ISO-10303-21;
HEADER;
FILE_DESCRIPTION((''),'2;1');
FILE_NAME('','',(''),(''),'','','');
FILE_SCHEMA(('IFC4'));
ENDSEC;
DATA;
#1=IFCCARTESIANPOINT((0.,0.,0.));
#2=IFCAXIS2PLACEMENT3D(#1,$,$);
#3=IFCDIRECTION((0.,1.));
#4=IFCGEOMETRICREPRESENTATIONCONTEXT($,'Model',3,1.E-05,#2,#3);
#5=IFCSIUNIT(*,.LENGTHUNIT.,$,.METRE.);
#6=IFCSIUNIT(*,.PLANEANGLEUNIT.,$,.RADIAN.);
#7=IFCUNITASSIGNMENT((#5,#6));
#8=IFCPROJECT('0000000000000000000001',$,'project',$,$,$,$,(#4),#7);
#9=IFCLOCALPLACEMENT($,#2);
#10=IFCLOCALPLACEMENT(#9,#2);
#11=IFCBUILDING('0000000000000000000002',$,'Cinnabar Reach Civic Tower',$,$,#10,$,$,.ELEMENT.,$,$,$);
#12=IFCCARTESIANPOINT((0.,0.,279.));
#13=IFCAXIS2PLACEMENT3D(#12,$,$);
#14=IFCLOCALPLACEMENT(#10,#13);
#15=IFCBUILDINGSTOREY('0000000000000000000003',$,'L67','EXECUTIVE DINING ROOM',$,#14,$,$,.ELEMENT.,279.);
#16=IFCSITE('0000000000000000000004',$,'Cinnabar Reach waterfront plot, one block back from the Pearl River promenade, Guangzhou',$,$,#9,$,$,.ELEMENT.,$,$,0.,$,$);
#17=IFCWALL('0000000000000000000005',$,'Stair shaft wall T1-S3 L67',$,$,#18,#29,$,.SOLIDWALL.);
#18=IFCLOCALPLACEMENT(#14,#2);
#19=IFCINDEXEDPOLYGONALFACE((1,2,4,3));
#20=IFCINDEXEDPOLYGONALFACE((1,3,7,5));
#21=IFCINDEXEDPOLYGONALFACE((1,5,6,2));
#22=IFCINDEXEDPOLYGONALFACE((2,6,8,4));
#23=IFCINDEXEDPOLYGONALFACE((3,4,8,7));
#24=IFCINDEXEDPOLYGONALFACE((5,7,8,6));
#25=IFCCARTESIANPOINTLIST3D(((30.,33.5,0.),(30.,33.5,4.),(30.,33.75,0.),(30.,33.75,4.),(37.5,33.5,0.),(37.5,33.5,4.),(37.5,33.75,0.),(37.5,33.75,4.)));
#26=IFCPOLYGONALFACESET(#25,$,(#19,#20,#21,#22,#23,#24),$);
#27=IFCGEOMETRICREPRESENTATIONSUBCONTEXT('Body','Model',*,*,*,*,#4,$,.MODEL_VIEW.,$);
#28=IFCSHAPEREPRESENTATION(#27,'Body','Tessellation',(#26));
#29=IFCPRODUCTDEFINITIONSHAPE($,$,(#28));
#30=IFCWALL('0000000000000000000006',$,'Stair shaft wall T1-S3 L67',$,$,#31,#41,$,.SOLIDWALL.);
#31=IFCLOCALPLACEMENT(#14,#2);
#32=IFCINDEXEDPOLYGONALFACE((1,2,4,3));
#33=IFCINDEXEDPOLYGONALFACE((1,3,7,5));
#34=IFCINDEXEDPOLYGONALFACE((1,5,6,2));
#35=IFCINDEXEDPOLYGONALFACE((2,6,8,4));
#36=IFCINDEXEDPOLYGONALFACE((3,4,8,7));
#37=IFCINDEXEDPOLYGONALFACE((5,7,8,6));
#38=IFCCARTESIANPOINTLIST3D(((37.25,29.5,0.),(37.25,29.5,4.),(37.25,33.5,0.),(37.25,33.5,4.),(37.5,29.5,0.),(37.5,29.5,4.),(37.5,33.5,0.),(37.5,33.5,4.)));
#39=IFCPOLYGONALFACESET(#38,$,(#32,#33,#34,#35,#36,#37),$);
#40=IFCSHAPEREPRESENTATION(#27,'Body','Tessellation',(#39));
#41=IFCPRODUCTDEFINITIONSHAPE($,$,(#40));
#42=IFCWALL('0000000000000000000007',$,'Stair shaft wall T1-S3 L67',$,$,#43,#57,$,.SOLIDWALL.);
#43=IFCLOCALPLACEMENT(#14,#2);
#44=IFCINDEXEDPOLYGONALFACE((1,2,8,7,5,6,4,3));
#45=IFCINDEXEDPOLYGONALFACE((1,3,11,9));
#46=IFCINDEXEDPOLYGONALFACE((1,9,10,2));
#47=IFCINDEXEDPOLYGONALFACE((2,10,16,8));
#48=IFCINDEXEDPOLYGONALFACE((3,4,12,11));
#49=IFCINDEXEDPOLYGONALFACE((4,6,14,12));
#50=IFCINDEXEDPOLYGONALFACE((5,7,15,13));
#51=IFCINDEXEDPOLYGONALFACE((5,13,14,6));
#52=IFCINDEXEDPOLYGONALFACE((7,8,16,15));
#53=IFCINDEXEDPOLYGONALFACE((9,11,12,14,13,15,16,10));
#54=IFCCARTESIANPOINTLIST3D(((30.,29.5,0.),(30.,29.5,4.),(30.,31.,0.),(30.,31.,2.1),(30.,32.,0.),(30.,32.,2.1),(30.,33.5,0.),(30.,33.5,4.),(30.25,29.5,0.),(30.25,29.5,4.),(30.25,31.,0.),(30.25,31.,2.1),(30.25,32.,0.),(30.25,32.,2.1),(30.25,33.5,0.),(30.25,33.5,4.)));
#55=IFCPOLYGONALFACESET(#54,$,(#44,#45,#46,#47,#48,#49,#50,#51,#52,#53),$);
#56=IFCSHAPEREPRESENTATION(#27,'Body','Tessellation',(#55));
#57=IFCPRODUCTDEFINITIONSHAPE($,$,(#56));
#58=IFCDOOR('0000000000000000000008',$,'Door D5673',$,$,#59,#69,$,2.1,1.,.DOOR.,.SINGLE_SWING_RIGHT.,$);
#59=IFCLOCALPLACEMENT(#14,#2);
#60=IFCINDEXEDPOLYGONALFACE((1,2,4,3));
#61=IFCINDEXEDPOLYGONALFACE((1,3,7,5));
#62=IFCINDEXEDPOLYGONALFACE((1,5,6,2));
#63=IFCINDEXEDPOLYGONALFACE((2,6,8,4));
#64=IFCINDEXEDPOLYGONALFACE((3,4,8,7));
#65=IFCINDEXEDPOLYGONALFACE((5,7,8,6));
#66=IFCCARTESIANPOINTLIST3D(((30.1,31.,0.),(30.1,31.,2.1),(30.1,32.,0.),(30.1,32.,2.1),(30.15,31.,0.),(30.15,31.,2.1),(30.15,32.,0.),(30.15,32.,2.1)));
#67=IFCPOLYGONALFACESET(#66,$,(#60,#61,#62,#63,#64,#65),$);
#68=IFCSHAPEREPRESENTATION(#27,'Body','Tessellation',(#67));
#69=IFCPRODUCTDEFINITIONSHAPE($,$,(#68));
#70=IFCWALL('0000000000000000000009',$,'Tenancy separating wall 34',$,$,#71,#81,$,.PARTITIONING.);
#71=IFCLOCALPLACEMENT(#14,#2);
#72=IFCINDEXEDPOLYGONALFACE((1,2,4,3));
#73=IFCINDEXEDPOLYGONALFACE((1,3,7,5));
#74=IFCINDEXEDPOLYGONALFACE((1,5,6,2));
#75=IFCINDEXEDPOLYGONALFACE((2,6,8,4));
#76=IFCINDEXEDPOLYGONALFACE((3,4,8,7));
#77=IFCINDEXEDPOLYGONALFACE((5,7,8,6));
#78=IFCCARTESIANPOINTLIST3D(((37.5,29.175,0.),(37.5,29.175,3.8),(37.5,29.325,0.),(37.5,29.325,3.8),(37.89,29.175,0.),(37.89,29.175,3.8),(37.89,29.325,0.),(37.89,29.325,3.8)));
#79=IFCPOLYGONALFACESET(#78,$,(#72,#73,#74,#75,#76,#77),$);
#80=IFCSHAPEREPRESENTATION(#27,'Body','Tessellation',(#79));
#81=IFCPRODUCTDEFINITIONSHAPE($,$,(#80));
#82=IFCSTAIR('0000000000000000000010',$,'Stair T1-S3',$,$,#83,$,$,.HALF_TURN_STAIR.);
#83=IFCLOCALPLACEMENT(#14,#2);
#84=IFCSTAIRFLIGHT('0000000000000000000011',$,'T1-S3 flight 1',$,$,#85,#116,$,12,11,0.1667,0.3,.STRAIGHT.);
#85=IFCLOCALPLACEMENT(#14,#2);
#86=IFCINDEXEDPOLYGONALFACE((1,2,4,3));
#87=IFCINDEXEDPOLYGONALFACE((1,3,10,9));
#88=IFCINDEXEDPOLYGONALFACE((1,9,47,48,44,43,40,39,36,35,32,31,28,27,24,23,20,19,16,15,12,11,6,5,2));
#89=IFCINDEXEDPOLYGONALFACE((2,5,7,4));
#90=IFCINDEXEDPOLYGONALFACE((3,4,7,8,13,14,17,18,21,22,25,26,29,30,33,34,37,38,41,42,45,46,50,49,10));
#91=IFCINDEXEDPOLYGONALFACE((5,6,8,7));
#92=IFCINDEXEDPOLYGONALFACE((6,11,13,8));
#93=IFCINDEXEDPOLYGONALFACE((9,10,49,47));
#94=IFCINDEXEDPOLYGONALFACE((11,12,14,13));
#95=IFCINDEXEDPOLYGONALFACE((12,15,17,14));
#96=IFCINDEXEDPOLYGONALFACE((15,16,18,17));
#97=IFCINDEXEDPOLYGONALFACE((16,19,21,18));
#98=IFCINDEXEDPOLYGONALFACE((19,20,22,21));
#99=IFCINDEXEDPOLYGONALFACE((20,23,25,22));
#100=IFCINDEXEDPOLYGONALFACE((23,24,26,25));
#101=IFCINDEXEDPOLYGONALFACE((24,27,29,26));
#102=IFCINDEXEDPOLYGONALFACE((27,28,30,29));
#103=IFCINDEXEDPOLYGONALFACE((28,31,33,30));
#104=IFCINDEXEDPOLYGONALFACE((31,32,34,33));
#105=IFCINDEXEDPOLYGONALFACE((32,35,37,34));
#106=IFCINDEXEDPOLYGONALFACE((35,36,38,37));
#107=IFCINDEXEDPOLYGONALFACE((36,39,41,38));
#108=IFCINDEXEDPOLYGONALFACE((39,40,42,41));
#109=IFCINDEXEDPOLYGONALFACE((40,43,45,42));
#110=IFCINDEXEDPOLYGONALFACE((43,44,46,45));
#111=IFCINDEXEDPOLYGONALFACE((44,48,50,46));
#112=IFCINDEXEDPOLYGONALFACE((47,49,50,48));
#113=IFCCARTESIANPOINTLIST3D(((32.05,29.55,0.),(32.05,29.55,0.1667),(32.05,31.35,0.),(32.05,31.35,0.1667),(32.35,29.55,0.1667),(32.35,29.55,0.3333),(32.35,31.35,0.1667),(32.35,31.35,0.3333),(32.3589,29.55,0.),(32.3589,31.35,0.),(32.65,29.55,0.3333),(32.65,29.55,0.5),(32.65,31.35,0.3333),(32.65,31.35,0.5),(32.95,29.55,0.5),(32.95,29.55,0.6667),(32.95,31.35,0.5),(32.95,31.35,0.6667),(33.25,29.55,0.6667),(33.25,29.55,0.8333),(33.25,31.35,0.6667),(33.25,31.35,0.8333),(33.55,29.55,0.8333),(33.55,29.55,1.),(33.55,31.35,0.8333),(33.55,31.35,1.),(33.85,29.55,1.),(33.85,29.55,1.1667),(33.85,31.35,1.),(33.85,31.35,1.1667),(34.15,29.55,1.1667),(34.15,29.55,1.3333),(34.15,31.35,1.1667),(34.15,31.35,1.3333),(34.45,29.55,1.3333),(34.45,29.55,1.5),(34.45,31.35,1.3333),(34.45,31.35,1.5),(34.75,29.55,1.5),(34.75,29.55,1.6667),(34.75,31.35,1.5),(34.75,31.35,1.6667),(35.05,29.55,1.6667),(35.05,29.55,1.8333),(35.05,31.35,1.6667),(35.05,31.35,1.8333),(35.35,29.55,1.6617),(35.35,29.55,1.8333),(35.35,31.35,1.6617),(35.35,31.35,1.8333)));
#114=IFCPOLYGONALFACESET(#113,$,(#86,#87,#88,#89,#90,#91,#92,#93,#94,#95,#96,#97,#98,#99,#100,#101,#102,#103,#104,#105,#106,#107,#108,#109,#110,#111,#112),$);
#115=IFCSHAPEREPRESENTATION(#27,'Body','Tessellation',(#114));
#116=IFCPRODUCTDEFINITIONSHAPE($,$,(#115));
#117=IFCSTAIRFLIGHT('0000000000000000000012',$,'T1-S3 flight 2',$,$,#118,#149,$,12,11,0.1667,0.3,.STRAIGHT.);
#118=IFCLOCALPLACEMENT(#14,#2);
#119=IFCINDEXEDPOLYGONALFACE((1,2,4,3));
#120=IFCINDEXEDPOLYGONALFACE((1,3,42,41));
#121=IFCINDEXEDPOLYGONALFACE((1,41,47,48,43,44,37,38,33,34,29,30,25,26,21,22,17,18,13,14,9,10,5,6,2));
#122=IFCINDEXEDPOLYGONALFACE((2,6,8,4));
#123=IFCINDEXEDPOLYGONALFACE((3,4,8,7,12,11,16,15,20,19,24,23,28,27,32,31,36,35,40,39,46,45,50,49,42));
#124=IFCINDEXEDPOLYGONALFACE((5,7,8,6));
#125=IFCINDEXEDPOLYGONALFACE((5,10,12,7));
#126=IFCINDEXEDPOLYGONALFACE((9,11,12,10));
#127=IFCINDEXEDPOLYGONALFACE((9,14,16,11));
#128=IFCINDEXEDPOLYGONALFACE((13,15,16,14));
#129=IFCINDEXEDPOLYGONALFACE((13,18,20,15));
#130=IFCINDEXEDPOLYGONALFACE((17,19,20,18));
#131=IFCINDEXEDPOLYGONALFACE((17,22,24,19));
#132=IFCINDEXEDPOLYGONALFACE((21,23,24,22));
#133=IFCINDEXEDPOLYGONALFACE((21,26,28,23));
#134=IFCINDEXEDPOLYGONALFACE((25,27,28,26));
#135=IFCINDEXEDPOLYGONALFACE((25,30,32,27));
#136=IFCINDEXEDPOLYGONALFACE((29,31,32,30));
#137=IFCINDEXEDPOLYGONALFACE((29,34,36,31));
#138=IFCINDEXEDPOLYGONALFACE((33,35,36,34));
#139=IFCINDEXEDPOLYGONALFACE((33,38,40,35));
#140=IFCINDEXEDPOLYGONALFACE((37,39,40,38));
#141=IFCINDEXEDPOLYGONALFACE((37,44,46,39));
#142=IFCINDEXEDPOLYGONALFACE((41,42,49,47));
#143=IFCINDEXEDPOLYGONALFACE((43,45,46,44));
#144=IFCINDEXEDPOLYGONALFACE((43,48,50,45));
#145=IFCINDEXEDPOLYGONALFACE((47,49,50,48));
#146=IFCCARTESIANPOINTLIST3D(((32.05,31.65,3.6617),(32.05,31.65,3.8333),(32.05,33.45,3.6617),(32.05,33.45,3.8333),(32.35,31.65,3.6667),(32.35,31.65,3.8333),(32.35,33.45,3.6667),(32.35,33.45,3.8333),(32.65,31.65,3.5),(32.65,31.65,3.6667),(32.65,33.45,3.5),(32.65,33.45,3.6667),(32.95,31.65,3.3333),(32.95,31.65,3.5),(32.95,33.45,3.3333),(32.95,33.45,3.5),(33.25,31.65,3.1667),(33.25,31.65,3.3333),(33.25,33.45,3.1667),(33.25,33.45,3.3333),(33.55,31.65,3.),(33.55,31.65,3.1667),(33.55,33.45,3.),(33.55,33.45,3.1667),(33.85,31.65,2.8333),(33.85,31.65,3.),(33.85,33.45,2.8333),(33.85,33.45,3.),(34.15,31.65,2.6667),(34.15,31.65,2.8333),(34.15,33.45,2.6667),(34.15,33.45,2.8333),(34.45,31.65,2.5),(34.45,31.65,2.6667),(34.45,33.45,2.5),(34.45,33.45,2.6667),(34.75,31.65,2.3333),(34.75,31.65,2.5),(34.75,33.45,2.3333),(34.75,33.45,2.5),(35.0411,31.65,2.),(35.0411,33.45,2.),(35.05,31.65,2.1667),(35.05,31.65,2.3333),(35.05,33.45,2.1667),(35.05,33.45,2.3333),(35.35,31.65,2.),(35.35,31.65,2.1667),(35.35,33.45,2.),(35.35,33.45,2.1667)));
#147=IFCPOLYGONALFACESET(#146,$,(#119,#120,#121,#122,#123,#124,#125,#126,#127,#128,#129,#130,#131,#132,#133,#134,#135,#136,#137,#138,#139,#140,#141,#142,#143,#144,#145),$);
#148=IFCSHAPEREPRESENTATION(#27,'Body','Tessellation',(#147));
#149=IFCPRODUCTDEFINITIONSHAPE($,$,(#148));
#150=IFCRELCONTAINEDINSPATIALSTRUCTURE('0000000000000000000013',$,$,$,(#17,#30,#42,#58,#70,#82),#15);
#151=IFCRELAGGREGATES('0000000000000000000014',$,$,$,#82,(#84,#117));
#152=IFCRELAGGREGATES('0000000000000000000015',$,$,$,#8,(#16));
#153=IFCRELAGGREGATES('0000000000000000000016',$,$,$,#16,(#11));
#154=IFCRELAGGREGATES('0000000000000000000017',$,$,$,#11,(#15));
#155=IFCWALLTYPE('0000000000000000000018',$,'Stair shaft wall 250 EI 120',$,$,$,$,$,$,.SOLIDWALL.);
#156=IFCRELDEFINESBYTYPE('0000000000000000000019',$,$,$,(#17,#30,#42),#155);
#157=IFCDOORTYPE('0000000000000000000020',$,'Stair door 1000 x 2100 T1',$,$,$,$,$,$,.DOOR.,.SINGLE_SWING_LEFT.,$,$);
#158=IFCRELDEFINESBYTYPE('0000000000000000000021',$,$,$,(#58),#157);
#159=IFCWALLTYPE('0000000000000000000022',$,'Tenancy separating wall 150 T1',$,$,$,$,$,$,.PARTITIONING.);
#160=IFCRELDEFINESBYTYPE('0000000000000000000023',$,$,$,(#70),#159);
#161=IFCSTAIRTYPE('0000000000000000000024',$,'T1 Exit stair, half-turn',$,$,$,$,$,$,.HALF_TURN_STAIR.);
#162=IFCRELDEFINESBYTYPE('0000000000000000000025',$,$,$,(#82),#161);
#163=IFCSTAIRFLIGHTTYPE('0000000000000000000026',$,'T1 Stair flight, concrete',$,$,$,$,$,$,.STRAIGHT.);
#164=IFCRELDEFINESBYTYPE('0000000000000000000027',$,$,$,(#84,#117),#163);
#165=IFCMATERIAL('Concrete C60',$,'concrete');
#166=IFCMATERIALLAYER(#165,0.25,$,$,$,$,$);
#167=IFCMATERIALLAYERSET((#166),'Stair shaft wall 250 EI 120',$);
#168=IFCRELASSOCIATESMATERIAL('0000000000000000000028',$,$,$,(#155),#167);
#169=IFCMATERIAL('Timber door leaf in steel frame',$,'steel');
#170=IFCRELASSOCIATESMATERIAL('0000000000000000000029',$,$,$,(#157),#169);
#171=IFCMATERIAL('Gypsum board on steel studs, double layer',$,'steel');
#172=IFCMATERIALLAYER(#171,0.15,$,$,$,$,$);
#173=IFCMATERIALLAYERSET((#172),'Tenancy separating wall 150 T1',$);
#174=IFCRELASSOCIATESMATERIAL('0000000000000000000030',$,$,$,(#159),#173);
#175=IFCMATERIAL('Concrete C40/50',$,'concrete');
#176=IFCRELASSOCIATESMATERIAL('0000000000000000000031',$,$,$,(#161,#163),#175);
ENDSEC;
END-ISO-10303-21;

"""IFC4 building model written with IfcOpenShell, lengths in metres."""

from ifc_helpers import new_model, si_unit, direction, frame, frame_2d, origin, place, context, subcontext, project, spatial, polyline, rectangle, outline, extrude, material, layer, layer_set, type_object, element, fill, aggregate, save


model = new_model("IFC4")

# Units and contexts
model_context = context("Model", 3, precision=1e-05, world=origin(), true_north=direction((0.0, 1.0)))
body_context = subcontext(model_context, "Body", "Model", "MODEL_VIEW")
ifc_project = project(units=[si_unit("LENGTHUNIT", "METRE"), si_unit("PLANEANGLEUNIT", "RADIAN")], contexts=[model_context])

# Site, building, storey
site_placement = place(None, origin())
site = spatial("IfcSite", under=ifc_project, at=site_placement, Name="Cinnabar Reach waterfront plot, one block back from the Pearl River promenade, Guangzhou", CompositionType="ELEMENT", RefElevation=0.0)
building_placement = place(site_placement, origin())
building = spatial("IfcBuilding", under=site, at=building_placement, Name="Cinnabar Reach Civic Tower", CompositionType="ELEMENT")
storey_placement = place(building_placement, frame((0.0, 0.0, 279.0)))
storey = spatial("IfcBuildingStorey", under=building, at=storey_placement, Name="L67", Description="EXECUTIVE DINING ROOM", CompositionType="ELEMENT", Elevation=279.0)

# Shared definitions
ifc_material_1 = material(Name="Concrete C60", Category="concrete")

# Walls
ifc_layer_1 = layer(ifc_material_1, 0.25)
ifc_layer_set_1 = layer_set([ifc_layer_1], Name="Stair shaft wall 250 EI 120")
wall_type_1 = type_object("IfcWallType", Name="Stair shaft wall 250 EI 120", PredefinedType="SOLIDWALL", material=ifc_layer_set_1)
for number, where, z_axis, x_axis, name in (
    (1, (37.5, 33.625, 0.0), (0.0, 0.0, 1.0), (-1.0, 0.0, 0.0), "Stair shaft wall T1-S3 L67"),
):
    element("IfcWall", number, at=place(storey_placement, frame(where, z_axis=z_axis, x_axis=x_axis)), inside=storey, type_object=wall_type_1, Name=name, PredefinedType="SOLIDWALL", context=body_context, shape_type="SweptSolid", body=[
        extrude(rectangle(XDim=7.5, YDim=0.25, at=frame_2d((3.75, 0.0))), origin(), (0.0, 0.0, 1.0), 4.0),
    ])
wall_1_placement = place(storey_placement, frame((37.375, 29.5, 0.0), z_axis=(0.0, 0.0, 1.0), x_axis=(0.0, 1.0, 0.0)))
element("IfcWall", 2, at=wall_1_placement, inside=storey, type_object=wall_type_1, Name="Stair shaft wall T1-S3 L67", PredefinedType="SOLIDWALL", context=body_context, shape_type="SweptSolid", body=[
    extrude(rectangle(XDim=4.0, YDim=0.25, at=frame_2d((2.0, 0.0))), origin(), (0.0, 0.0, 1.0), 4.0),
])

# Wall, opening, door
wall_2_placement = place(storey_placement, frame((30.125, 33.5, 0.0), z_axis=(0.0, 0.0, 1.0), x_axis=(0.0, -1.0, 0.0)))
wall_2 = element("IfcWall", 3, at=wall_2_placement, inside=storey, type_object=wall_type_1, Name="Stair shaft wall T1-S3 L67", PredefinedType="SOLIDWALL", context=body_context, shape_type="SweptSolid", body=[
    extrude(rectangle(XDim=4.0, YDim=0.25, at=frame_2d((2.0, 0.0))), origin(), (0.0, 0.0, 1.0), 4.0),
])
opening_1_placement = place(wall_2_placement, frame((1.5, 0.0, 0.0)))
opening_1 = element("IfcOpeningElement", 4, at=opening_1_placement, cuts=wall_2, PredefinedType="OPENING", context=body_context, shape_type="SweptSolid", body=[
    extrude(rectangle(XDim=1.0, YDim=2.1, at=frame_2d((0.5, 1.05))), frame((0.0, 0.135, 0.0), z_axis=(0.0, -1.0, 0.0), x_axis=(1.0, 0.0, 0.0)), (0.0, 0.0, 1.0), 0.27),
])
ifc_material_2 = material(Name="Timber door leaf in steel frame", Category="steel")
door_type = type_object("IfcDoorType", Name="Stair door 1000 x 2100 T1", OperationType="SINGLE_SWING_LEFT", PredefinedType="DOOR", material=ifc_material_2)
door_placement = place(opening_1_placement, origin())
door = element("IfcDoor", 5, at=door_placement, inside=storey, type_object=door_type, Name="Door D5673", OperationType="SINGLE_SWING_RIGHT", OverallHeight=2.1, OverallWidth=1.0, PredefinedType="DOOR", context=body_context, shape_type="SweptSolid", body=[
    extrude(rectangle(XDim=1.0, YDim=2.1, at=frame_2d((0.5, 1.05))), frame((0.0, 0.025, 0.0), z_axis=(0.0, -1.0, 0.0), x_axis=(1.0, 0.0, 0.0)), (0.0, 0.0, 1.0), 0.05),
])
fill(opening_1, door)

# Wall
ifc_material_3 = material(Name="Gypsum board on steel studs, double layer", Category="steel")
ifc_layer_2 = layer(ifc_material_3, 0.15)
ifc_layer_set_2 = layer_set([ifc_layer_2], Name="Tenancy separating wall 150 T1")
wall_type_2 = type_object("IfcWallType", Name="Tenancy separating wall 150 T1", PredefinedType="PARTITIONING", material=ifc_layer_set_2)
wall_3_placement = place(storey_placement, frame((37.5, 29.25, 0.0), z_axis=(0.0, 0.0, 1.0), x_axis=(1.0, 0.0, 0.0)))
element("IfcWall", 6, at=wall_3_placement, inside=storey, type_object=wall_type_2, Name="Tenancy separating wall 34", PredefinedType="PARTITIONING", context=body_context, shape_type="SweptSolid", body=[
    extrude(rectangle(XDim=0.39, YDim=0.15, at=frame_2d((0.195, 0.0))), origin(), (0.0, 0.0, 1.0), 3.8),
])

# Stair, stair flights
ifc_material_4 = material(Name="Concrete C40/50", Category="concrete")
stair_type = type_object("IfcStairType", Name="T1 Exit stair, half-turn", PredefinedType="HALF_TURN_STAIR", material=ifc_material_4)
stair_placement = place(storey_placement, origin())
stair = element("IfcStair", 7, at=stair_placement, inside=storey, type_object=stair_type, Name="Stair T1-S3", PredefinedType="HALF_TURN_STAIR")
stair_flight_type = type_object("IfcStairFlightType", Name="T1 Stair flight, concrete", PredefinedType="STRAIGHT", material=ifc_material_4)
stair_flight_1_placement = place(storey_placement, frame((32.05, 30.45, 0.0), z_axis=(0.0, 0.0, 1.0), x_axis=(1.0, 0.0, 0.0)))
stair_flight_1 = element("IfcStairFlight", 8, at=stair_flight_1_placement, type_object=stair_flight_type, Name="T1-S3 flight 1", NumberOfRisers=12, NumberOfTreads=11, PredefinedType="STRAIGHT", RiserHeight=0.1667, TreadLength=0.3, context=body_context, shape_type="SweptSolid", body=[
    extrude(outline(polyline([(0.0, 0.0), (0.0, 0.1667), (0.3, 0.1667), (0.3, 0.3333), (0.6, 0.3333), (0.6, 0.5), (0.9, 0.5), (0.9, 0.6667), (1.2, 0.6667), (1.2, 0.8333), (1.5, 0.8333), (1.5, 1.0), (1.8, 1.0), (1.8, 1.1667), (2.1, 1.1667), (2.1, 1.3333), (2.4, 1.3333), (2.4, 1.5), (2.7, 1.5), (2.7, 1.6667), (3.0, 1.6667), (3.0, 1.8333), (3.3, 1.8333), (3.3, 2.0), (3.3, 1.6617), (0.3089, 0.0), (0.0, 0.0)])), frame((0.0, 0.9, 0.0), z_axis=(0.0, -1.0, 0.0), x_axis=(1.0, 0.0, 0.0)), (0.0, 0.0, 1.0), 1.8),
])
stair_flight_2_placement = place(storey_placement, frame((35.35, 32.55, 2.0), z_axis=(0.0, 0.0, 1.0), x_axis=(-1.0, 0.0, 0.0)))
stair_flight_2 = element("IfcStairFlight", 9, at=stair_flight_2_placement, type_object=stair_flight_type, Name="T1-S3 flight 2", NumberOfRisers=12, NumberOfTreads=11, PredefinedType="STRAIGHT", RiserHeight=0.1667, TreadLength=0.3, context=body_context, shape_type="SweptSolid", body=[
    extrude(outline(polyline([(0.0, 0.0), (0.0, 0.1667), (0.3, 0.1667), (0.3, 0.3333), (0.6, 0.3333), (0.6, 0.5), (0.9, 0.5), (0.9, 0.6667), (1.2, 0.6667), (1.2, 0.8333), (1.5, 0.8333), (1.5, 1.0), (1.8, 1.0), (1.8, 1.1667), (2.1, 1.1667), (2.1, 1.3333), (2.4, 1.3333), (2.4, 1.5), (2.7, 1.5), (2.7, 1.6667), (3.0, 1.6667), (3.0, 1.8333), (3.3, 1.8333), (3.3, 2.0), (3.3, 1.6617), (0.3089, 0.0), (0.0, 0.0)])), frame((0.0, 0.9, 0.0), z_axis=(0.0, -1.0, 0.0), x_axis=(1.0, 0.0, 0.0)), (0.0, 0.0, 1.0), 1.8),
])
aggregate(stair, [stair_flight_1, stair_flight_2])

save(model, "model.ifc")
